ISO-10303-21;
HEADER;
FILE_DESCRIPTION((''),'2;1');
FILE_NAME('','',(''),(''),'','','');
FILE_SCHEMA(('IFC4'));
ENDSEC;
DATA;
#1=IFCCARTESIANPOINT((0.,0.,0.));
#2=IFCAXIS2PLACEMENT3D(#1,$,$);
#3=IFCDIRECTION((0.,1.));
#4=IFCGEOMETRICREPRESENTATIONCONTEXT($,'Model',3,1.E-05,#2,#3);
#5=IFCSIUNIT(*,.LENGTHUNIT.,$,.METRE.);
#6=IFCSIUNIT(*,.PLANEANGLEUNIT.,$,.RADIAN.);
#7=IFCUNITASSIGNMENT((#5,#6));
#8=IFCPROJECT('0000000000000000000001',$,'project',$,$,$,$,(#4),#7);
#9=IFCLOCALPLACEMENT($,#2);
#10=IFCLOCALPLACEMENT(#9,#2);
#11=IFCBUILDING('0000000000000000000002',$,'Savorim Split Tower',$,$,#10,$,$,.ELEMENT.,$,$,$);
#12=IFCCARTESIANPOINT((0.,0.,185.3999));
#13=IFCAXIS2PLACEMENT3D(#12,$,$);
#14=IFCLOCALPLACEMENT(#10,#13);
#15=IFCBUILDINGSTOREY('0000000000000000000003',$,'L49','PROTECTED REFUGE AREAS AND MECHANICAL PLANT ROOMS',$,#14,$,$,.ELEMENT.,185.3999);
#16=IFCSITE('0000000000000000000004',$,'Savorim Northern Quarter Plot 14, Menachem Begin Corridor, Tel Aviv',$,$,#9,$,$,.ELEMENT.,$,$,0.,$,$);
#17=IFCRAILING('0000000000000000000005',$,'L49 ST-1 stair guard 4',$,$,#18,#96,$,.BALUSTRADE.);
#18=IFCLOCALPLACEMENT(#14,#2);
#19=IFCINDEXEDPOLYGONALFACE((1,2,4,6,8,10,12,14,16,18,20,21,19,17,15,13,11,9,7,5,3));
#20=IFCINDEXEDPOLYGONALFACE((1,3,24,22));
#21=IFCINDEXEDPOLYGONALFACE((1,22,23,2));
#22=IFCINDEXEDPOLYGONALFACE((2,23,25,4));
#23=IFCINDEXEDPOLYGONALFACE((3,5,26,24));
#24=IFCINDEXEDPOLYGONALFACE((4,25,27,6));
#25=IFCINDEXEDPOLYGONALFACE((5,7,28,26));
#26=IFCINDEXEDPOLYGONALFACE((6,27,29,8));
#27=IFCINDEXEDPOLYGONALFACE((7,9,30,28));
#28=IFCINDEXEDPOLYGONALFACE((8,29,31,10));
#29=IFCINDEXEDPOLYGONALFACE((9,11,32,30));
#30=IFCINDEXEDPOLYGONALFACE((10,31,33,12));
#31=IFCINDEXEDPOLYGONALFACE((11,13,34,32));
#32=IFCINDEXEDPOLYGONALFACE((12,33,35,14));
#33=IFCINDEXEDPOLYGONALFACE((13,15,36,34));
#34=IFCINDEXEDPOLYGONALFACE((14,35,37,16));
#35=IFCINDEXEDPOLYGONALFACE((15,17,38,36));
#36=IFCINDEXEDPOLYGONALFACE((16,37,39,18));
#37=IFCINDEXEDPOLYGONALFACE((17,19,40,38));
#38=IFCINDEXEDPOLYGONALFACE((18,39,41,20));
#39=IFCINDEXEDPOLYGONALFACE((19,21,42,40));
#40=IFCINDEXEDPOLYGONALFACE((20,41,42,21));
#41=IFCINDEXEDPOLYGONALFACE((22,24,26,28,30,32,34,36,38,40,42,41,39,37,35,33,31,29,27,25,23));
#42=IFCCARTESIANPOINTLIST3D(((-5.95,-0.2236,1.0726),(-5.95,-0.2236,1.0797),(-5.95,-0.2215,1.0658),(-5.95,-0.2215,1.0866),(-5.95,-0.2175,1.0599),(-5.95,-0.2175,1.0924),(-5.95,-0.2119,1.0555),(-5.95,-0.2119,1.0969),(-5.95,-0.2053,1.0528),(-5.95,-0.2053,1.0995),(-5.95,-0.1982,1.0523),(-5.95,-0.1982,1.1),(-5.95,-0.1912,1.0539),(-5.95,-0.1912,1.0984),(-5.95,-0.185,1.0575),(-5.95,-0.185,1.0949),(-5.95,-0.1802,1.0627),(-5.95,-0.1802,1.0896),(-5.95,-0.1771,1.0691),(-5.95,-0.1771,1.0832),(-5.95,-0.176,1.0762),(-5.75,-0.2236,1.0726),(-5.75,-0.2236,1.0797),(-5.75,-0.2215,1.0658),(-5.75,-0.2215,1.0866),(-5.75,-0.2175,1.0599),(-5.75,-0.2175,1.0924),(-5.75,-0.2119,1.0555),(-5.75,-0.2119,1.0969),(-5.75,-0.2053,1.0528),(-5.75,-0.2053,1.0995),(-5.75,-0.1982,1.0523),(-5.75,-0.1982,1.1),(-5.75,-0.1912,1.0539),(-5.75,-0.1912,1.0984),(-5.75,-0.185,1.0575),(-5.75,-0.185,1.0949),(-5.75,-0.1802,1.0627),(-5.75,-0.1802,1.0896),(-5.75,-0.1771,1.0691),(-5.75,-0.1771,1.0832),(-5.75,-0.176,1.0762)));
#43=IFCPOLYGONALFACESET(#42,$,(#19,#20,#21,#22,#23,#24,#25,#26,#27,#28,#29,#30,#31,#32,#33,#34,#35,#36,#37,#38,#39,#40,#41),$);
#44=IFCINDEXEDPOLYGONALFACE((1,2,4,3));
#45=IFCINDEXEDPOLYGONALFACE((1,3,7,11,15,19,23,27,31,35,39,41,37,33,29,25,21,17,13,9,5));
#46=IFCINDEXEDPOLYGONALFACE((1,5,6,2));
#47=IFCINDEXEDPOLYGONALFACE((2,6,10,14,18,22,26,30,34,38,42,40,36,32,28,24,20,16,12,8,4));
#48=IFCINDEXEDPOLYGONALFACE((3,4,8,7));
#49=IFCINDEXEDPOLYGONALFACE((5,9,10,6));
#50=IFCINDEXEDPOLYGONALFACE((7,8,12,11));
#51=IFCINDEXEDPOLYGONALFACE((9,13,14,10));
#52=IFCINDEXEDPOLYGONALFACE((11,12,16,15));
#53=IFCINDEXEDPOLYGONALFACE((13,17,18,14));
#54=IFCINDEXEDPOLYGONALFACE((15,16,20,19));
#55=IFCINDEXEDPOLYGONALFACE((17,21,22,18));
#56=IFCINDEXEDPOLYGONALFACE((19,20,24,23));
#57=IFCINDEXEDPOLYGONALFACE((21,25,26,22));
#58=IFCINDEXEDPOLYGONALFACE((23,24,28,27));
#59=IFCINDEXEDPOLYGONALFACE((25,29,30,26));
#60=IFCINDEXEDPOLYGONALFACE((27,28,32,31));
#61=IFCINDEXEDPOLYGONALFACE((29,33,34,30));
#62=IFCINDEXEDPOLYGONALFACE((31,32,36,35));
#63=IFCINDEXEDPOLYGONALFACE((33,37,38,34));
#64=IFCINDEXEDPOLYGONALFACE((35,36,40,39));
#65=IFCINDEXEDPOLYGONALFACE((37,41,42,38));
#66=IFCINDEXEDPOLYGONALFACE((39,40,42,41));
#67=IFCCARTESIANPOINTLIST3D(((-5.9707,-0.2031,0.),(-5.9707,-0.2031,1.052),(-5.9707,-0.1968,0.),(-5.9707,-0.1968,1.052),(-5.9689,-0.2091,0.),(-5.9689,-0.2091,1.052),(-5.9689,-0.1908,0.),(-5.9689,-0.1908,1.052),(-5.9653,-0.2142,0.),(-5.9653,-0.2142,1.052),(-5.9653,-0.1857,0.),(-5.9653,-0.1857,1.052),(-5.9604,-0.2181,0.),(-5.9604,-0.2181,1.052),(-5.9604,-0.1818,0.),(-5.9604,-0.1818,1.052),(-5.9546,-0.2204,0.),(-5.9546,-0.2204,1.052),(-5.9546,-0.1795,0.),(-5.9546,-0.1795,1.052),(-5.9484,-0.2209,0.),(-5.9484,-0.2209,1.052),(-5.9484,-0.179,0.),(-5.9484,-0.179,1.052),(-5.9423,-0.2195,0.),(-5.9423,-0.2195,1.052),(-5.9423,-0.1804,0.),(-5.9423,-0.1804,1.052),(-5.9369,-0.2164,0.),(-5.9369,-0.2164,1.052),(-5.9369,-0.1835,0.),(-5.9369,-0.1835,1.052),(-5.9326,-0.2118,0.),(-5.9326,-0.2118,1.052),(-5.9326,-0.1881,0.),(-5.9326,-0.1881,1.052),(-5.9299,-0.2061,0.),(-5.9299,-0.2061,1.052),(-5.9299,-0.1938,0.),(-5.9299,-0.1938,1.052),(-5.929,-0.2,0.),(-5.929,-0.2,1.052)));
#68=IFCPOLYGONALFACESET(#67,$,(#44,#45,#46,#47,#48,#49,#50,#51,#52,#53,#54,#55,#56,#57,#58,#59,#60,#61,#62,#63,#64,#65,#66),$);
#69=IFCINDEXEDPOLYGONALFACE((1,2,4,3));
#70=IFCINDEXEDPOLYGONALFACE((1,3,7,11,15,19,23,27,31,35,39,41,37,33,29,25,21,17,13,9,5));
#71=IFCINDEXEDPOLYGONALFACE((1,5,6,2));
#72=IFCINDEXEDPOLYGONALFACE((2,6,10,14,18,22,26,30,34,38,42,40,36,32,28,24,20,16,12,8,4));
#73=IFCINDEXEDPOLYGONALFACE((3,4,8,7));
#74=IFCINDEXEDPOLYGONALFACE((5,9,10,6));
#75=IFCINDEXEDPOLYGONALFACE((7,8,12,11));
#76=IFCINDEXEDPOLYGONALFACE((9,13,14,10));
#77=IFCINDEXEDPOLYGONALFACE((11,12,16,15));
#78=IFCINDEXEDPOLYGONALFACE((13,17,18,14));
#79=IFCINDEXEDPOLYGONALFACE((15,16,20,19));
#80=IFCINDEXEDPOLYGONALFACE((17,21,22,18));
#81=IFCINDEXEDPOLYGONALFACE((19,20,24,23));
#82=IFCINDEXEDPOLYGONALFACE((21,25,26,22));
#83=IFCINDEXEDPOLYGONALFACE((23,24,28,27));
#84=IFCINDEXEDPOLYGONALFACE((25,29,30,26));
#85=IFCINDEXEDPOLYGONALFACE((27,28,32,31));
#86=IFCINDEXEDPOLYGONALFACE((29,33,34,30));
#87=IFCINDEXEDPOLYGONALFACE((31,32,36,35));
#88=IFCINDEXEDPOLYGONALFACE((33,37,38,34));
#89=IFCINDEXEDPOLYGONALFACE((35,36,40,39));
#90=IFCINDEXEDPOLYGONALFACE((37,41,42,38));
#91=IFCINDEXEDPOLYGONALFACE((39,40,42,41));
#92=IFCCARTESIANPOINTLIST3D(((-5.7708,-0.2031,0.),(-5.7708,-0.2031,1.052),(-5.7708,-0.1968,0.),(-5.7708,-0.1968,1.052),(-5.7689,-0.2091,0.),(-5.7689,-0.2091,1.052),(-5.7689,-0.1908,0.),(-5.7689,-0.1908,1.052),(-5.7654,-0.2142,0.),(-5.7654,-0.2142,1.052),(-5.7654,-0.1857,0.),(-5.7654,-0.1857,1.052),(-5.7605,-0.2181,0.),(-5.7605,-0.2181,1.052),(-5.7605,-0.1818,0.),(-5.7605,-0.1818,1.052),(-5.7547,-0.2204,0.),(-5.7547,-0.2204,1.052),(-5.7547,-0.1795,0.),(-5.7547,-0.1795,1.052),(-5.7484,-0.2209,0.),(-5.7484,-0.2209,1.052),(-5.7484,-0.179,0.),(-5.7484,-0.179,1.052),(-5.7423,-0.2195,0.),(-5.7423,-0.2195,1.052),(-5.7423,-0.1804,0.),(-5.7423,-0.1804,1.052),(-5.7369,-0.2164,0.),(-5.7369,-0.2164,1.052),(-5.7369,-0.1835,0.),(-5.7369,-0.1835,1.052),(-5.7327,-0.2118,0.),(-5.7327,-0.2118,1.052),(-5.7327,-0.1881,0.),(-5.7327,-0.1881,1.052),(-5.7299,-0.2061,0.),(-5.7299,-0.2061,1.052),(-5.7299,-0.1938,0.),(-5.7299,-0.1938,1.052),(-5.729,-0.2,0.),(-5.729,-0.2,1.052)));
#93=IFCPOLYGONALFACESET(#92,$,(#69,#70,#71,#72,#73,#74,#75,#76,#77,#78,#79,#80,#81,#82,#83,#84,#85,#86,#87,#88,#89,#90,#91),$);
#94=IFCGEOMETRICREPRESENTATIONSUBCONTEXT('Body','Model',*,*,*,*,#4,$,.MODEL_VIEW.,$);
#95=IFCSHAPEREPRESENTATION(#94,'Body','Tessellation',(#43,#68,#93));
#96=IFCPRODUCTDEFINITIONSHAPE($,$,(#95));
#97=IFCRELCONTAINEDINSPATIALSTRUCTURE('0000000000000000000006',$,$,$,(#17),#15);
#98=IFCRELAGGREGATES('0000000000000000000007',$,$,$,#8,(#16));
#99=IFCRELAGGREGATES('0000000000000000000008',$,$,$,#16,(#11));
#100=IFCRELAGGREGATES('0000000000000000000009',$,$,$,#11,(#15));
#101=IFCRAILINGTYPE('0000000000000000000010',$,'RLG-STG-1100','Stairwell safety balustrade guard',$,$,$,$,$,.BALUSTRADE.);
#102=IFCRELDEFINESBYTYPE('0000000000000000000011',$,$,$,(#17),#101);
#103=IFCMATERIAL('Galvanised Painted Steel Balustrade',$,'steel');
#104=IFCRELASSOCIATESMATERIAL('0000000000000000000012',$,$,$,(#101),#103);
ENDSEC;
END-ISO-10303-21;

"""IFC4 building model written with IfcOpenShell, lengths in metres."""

from ifc_helpers import new_model, si_unit, direction, frame, origin, origin_2d, place, context, subcontext, project, spatial, circle, extrude, material, type_object, element, save


model = new_model("IFC4")

# Units and contexts
model_context = context("Model", 3, precision=1e-05, world=origin(), true_north=direction((0.0, 1.0)))
body_context = subcontext(model_context, "Body", "Model", "MODEL_VIEW")
ifc_project = project(units=[si_unit("LENGTHUNIT", "METRE"), si_unit("PLANEANGLEUNIT", "RADIAN")], contexts=[model_context])

# Site, building, storey
site_placement = place(None, origin())
site = spatial("IfcSite", under=ifc_project, at=site_placement, Name="Savorim Northern Quarter Plot 14, Menachem Begin Corridor, Tel Aviv", CompositionType="ELEMENT", RefElevation=0.0)
building_placement = place(site_placement, origin())
building = spatial("IfcBuilding", under=site, at=building_placement, Name="Savorim Split Tower", CompositionType="ELEMENT")
storey_placement = place(building_placement, frame((0.0, 0.0, 185.3999)))
storey = spatial("IfcBuildingStorey", under=building, at=storey_placement, Name="L49", Description="PROTECTED REFUGE AREAS AND MECHANICAL PLANT ROOMS", CompositionType="ELEMENT", Elevation=185.3999)

# Railing
ifc_material_1 = material(Name="Galvanised Painted Steel Balustrade", Category="steel")
railing_type_1 = type_object("IfcRailingType", Name="RLG-STG-1100", Description="Stairwell safety balustrade guard", PredefinedType="BALUSTRADE", material=ifc_material_1)
railing_1_placement = place(storey_placement, frame((-5.95, -0.2, 0.0)))
element("IfcRailing", 1, at=railing_1_placement, inside=storey, type_object=railing_type_1, Name="L49 ST-1 stair guard 4", PredefinedType="BALUSTRADE", context=body_context, shape_type="SweptSolid", body=[
    extrude(circle(Radius=0.0239, at=origin_2d()), frame((0.0, 0.0, 1.0762), z_axis=(1.0, 0.0, 0.0), x_axis=(0.0, 1.0, 0.0)), (0.0, 0.0, 1.0), 0.2),
    extrude(circle(Radius=0.021, at=origin_2d()), origin(), (0.0, 0.0, 1.0), 1.052),
    extrude(circle(Radius=0.021, at=origin_2d()), frame((0.2, 0.0, 0.0)), (0.0, 0.0, 1.0), 1.052),
])

save(model, "model.ifc")
